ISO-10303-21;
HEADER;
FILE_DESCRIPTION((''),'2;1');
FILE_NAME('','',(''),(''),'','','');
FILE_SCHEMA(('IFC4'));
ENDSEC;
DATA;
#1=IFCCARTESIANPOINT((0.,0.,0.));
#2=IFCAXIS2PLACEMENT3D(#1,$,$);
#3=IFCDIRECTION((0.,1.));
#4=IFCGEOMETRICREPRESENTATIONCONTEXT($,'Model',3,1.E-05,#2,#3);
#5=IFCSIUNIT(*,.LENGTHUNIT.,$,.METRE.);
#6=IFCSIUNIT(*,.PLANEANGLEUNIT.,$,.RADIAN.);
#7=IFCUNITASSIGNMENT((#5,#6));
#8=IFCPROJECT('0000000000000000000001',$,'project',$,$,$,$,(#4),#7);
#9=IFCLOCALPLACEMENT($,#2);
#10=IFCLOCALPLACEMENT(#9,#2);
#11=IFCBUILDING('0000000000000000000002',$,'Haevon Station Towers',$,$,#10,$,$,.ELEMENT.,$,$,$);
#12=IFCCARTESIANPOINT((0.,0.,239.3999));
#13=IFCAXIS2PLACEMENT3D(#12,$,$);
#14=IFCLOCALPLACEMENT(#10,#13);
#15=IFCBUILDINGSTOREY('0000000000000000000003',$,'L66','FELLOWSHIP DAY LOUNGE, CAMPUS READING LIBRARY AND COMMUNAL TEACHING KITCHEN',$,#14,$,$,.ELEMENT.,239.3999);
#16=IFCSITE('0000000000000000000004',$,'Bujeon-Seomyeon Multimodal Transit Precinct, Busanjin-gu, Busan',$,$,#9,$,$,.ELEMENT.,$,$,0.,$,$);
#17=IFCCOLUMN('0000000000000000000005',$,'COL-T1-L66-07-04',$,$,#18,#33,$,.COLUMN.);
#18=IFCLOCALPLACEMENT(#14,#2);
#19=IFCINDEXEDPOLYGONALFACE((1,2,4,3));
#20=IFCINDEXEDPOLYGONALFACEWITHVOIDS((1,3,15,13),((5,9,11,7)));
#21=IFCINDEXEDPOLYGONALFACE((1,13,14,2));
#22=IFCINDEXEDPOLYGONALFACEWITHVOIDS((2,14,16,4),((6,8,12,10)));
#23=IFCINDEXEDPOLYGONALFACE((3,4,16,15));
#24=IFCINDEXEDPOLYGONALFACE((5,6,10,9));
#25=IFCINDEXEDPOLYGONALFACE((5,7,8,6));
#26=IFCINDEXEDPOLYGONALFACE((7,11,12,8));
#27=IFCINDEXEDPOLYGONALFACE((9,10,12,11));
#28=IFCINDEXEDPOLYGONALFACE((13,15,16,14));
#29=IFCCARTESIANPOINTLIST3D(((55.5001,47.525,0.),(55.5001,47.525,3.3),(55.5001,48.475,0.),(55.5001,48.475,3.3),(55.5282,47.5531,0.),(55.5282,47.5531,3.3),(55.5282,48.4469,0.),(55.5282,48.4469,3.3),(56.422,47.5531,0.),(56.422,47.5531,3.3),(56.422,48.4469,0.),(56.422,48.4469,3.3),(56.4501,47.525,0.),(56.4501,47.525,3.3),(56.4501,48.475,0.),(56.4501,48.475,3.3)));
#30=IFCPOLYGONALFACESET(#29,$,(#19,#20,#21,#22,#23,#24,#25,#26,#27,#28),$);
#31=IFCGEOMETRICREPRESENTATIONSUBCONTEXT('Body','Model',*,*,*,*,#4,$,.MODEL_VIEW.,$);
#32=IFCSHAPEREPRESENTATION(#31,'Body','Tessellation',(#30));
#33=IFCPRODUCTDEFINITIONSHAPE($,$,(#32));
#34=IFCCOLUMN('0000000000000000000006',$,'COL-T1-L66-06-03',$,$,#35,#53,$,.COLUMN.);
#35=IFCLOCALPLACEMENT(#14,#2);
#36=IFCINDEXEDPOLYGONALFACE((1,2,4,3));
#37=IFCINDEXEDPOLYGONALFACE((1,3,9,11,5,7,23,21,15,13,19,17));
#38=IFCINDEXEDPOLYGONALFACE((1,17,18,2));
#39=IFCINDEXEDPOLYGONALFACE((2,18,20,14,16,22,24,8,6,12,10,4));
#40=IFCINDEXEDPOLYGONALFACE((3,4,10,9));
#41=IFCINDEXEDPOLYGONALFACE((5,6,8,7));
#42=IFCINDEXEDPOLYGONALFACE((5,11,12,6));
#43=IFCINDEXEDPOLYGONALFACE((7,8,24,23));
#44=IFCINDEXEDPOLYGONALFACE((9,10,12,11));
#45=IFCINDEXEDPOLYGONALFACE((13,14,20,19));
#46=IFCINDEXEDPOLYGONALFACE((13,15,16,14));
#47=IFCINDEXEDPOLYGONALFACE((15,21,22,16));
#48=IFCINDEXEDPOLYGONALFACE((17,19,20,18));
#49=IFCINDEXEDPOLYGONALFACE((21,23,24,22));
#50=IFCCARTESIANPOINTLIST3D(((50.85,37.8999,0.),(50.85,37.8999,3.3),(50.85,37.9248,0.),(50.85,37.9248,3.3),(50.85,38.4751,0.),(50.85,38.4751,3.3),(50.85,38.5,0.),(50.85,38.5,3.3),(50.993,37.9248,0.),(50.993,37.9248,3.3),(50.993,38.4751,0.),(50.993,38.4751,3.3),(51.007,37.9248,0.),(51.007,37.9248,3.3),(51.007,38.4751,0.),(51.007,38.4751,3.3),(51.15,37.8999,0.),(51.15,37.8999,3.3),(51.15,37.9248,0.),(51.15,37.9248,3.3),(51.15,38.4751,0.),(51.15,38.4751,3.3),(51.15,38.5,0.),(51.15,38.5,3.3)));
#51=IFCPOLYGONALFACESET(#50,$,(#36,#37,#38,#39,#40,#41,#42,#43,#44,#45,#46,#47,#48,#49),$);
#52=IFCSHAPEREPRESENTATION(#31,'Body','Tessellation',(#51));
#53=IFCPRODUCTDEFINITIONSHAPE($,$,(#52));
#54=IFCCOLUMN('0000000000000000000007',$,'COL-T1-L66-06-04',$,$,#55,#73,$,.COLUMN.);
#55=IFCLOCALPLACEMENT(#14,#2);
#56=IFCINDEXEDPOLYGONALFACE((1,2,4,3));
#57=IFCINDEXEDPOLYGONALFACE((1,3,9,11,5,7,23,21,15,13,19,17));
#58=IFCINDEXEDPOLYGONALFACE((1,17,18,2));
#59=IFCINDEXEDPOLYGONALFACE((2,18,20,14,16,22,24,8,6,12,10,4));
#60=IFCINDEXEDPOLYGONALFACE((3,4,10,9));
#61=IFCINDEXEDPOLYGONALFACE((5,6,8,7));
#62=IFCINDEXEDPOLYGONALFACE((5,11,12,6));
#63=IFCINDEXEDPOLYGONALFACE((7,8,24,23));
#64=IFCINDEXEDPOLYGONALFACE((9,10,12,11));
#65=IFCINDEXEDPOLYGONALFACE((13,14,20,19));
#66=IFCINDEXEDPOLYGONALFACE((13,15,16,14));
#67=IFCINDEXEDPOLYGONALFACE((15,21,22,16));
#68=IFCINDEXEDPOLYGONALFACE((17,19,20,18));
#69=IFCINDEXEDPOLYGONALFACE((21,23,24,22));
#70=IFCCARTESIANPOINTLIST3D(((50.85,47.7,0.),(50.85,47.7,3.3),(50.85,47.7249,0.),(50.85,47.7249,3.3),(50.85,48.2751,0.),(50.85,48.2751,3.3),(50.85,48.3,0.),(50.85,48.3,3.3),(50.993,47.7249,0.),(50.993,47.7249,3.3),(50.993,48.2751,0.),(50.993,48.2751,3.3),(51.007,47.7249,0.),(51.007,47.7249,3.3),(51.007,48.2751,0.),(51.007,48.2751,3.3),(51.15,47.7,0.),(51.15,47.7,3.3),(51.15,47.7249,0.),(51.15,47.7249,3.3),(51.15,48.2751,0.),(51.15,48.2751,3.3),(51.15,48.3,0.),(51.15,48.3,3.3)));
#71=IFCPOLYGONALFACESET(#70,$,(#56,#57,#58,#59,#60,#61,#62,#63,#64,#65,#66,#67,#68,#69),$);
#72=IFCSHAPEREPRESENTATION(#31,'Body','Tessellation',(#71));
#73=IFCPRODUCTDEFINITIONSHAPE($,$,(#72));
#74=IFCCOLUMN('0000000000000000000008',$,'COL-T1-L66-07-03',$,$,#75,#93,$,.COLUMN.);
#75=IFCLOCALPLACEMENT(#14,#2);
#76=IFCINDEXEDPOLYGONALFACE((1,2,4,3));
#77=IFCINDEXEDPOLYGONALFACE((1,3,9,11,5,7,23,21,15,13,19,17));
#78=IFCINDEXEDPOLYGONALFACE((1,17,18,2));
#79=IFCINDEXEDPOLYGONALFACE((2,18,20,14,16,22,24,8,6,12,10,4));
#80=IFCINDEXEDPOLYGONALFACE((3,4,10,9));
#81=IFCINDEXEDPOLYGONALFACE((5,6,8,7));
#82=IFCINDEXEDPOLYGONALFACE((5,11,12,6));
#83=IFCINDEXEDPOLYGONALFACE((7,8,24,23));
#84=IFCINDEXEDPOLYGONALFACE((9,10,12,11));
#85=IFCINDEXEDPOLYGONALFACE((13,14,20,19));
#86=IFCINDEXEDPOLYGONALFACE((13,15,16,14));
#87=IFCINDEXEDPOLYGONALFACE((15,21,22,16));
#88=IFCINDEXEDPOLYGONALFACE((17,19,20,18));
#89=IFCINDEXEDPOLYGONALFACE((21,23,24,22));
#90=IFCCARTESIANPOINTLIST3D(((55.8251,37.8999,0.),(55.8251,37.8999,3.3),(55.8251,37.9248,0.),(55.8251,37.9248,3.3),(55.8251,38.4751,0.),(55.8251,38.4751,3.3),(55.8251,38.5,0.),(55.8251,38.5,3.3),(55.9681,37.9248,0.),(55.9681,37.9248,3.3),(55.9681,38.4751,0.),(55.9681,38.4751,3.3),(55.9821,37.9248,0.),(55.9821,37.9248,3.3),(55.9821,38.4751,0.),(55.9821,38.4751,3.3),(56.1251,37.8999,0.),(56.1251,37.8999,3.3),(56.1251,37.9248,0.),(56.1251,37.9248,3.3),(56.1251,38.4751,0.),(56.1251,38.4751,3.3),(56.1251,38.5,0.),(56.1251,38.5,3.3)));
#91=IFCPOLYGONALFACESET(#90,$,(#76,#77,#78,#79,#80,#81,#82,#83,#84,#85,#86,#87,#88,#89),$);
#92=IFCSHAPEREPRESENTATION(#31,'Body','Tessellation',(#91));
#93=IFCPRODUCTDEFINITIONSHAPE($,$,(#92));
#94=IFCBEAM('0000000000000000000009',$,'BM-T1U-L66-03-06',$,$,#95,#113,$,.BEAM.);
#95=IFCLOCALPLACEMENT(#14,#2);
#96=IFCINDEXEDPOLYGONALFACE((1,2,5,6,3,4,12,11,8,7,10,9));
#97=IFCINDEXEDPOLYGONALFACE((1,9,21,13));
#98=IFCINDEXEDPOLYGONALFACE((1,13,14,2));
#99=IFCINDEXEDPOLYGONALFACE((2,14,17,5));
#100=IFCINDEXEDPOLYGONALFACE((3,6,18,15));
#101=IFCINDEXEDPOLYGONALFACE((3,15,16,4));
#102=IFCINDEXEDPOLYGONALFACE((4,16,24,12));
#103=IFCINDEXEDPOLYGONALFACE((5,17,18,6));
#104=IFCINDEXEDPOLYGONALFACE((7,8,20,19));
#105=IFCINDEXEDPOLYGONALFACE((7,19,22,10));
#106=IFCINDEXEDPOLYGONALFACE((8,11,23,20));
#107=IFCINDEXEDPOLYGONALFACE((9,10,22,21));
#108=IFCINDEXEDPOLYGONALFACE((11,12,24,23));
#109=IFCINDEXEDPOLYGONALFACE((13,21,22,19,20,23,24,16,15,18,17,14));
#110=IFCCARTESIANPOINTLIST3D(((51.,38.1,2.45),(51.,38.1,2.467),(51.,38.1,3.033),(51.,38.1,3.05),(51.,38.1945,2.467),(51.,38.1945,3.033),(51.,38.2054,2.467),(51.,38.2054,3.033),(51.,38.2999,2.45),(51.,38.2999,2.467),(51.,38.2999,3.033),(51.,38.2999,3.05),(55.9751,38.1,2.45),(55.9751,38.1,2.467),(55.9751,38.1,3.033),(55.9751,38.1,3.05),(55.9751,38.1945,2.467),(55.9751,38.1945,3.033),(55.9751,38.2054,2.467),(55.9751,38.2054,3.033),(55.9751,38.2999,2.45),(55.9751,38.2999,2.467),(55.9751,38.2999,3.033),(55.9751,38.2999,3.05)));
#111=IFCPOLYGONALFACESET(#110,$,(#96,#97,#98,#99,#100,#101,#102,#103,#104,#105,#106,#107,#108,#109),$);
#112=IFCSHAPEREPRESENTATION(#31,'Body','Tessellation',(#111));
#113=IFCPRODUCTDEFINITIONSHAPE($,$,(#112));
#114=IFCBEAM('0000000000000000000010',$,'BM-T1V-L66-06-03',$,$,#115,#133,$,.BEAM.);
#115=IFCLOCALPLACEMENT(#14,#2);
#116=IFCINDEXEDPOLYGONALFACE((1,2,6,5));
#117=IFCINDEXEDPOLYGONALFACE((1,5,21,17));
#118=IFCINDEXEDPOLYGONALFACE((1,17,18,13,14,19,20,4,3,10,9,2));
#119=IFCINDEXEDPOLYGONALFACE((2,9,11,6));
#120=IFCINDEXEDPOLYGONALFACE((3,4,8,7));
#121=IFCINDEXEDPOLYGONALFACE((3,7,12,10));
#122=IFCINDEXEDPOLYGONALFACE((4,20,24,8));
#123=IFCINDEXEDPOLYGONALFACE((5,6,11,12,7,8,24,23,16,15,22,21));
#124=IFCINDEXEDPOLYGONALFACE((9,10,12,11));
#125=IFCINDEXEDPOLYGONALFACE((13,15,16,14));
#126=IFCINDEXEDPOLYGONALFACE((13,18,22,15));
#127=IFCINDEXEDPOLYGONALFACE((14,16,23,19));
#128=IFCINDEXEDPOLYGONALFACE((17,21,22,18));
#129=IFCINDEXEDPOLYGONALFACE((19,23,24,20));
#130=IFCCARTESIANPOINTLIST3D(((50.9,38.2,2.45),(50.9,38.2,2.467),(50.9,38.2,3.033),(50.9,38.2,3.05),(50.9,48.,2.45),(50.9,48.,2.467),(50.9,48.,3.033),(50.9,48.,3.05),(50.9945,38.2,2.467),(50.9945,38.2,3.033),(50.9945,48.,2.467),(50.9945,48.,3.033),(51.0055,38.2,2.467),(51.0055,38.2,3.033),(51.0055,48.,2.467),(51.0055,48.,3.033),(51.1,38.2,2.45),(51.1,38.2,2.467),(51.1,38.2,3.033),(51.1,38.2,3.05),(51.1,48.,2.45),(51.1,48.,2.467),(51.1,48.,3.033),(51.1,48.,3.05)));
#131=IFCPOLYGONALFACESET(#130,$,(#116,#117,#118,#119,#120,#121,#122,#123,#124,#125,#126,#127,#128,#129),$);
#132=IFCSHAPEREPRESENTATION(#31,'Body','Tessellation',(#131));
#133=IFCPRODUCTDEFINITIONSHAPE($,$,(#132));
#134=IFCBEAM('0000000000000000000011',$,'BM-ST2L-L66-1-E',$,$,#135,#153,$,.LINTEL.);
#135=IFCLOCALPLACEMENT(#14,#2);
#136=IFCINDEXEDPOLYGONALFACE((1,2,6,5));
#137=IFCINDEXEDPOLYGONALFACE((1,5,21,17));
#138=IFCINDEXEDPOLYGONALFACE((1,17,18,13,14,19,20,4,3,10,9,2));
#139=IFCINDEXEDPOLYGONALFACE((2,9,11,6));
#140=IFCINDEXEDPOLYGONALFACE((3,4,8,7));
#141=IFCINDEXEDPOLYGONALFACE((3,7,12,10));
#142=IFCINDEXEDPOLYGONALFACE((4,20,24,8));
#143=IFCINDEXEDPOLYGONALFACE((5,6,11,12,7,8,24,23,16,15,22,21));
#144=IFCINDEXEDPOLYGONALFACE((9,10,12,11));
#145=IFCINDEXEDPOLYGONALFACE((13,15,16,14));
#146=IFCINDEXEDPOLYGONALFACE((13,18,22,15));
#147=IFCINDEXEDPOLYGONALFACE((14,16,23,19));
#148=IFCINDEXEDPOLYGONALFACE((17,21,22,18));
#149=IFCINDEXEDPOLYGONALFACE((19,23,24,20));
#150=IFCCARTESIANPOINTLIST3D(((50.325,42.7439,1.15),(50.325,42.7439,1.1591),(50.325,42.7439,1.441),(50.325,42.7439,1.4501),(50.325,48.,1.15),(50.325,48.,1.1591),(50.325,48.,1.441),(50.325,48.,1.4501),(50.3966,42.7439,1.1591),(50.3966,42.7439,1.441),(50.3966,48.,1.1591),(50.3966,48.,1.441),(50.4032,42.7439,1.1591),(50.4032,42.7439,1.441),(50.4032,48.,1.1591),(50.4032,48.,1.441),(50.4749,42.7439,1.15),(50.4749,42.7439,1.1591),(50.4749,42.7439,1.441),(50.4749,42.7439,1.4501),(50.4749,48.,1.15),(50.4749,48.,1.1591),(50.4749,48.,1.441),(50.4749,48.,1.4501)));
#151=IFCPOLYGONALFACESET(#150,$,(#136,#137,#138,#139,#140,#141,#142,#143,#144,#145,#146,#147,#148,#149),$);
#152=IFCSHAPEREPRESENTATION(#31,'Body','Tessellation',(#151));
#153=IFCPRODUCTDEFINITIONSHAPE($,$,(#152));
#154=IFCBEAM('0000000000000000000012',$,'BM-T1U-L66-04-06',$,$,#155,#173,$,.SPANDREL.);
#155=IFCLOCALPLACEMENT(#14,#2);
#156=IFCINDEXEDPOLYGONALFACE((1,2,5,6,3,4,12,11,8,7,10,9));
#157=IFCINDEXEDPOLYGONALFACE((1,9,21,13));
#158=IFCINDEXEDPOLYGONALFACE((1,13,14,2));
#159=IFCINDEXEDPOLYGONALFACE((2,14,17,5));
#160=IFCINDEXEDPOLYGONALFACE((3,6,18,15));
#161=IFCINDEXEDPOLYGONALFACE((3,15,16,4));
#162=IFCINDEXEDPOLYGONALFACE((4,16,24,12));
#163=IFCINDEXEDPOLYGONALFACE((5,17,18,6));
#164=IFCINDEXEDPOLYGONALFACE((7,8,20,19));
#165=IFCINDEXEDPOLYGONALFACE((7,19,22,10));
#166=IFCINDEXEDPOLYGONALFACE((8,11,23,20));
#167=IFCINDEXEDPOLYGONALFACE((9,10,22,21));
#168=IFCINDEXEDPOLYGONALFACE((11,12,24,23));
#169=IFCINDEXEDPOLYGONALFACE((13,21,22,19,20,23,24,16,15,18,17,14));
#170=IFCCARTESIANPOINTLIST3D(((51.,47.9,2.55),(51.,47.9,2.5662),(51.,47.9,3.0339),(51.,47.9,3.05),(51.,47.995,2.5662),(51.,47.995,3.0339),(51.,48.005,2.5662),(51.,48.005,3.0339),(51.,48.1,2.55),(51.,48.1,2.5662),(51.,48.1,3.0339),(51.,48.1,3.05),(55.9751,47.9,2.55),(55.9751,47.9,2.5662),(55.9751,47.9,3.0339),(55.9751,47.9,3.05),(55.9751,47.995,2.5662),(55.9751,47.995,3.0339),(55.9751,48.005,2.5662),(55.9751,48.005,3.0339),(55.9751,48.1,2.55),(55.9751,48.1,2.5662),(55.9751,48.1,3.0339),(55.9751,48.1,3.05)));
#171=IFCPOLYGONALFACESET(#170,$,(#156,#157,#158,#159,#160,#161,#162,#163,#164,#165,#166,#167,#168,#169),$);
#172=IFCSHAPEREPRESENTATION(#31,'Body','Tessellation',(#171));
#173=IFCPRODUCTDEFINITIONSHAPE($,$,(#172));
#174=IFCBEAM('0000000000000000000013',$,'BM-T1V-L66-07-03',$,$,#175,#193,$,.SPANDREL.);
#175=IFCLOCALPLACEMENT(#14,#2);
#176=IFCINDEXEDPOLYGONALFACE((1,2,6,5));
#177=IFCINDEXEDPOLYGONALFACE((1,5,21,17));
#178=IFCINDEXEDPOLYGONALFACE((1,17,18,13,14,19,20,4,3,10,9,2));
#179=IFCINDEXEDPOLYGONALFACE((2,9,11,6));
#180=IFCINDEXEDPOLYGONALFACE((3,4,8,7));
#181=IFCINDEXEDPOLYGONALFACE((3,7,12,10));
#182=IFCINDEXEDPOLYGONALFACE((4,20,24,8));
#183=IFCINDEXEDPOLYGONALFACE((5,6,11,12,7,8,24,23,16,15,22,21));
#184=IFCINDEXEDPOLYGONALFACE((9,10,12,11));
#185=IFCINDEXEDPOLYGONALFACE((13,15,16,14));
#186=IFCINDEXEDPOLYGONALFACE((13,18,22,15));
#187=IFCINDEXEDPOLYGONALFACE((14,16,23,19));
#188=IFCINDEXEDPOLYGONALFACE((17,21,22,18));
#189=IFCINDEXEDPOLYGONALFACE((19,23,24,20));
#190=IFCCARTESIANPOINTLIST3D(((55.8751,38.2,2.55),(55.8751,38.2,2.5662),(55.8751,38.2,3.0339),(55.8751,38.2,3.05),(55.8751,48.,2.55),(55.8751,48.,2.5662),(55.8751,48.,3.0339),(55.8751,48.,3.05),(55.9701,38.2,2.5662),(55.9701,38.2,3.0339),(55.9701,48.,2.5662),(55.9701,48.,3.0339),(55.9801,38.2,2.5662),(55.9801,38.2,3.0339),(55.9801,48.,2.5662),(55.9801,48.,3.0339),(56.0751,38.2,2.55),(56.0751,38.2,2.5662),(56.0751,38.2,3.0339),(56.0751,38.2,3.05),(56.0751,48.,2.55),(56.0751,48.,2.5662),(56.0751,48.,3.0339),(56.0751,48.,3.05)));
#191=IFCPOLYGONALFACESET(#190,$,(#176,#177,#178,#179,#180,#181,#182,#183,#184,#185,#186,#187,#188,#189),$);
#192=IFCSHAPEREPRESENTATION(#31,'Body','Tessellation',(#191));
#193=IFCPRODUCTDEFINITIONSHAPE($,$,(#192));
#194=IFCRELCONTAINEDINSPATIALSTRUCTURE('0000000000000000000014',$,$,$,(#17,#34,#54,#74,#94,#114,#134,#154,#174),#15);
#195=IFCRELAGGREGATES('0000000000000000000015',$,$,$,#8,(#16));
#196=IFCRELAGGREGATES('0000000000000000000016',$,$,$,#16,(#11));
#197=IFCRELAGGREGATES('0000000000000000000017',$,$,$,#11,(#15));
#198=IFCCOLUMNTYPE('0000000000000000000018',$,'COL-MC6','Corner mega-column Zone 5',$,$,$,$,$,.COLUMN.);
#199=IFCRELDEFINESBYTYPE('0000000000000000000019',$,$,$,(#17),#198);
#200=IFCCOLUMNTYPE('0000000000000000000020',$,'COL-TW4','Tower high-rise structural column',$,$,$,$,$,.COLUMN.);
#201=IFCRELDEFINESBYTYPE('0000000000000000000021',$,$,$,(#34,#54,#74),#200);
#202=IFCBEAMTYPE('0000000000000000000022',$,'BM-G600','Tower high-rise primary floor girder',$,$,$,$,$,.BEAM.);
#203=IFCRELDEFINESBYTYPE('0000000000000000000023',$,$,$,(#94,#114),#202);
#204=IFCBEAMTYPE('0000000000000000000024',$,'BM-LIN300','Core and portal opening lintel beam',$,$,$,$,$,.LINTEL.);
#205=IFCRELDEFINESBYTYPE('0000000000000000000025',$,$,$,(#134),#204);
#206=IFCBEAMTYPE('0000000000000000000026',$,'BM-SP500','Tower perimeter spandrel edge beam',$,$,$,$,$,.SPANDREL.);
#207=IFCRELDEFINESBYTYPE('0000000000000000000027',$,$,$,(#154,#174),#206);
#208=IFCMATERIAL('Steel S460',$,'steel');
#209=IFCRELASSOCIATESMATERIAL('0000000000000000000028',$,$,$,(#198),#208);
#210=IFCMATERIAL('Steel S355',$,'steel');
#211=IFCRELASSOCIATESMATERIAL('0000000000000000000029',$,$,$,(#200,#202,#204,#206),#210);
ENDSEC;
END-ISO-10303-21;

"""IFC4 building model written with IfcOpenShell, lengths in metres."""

from ifc_helpers import new_model, si_unit, direction, frame, origin, origin_2d, place, context, subcontext, project, spatial, hollow_rectangle, i_section, extrude, material, material_profile, profile_set, type_object, element, save


model = new_model("IFC4")

# Units and contexts
model_context = context("Model", 3, precision=1e-05, world=origin(), true_north=direction((0.0, 1.0)))
body_context = subcontext(model_context, "Body", "Model", "MODEL_VIEW")
ifc_project = project(units=[si_unit("LENGTHUNIT", "METRE"), si_unit("PLANEANGLEUNIT", "RADIAN")], contexts=[model_context])

# Site, building, storey
site_placement = place(None, origin())
site = spatial("IfcSite", under=ifc_project, at=site_placement, Name="Bujeon-Seomyeon Multimodal Transit Precinct, Busanjin-gu, Busan", CompositionType="ELEMENT", RefElevation=0.0)
building_placement = place(site_placement, origin())
building = spatial("IfcBuilding", under=site, at=building_placement, Name="Haevon Station Towers", CompositionType="ELEMENT")
storey_placement = place(building_placement, frame((0.0, 0.0, 239.3999)))
storey = spatial("IfcBuildingStorey", under=building, at=storey_placement, Name="L66", Description="FELLOWSHIP DAY LOUNGE, CAMPUS READING LIBRARY AND COMMUNAL TEACHING KITCHEN", CompositionType="ELEMENT", Elevation=239.3999)

# Columns
ifc_material_1 = material(Name="Steel S460", Category="steel")
ifc_material_profile_1 = material_profile(ifc_material_1, hollow_rectangle(XDim=0.95, YDim=0.95, WallThickness=0.0281, at=origin_2d()), Name="BOX-950x950x28")
ifc_profile_set_1 = profile_set([ifc_material_profile_1], Name="Steel S460")
column_type_1 = type_object("IfcColumnType", Name="COL-MC6", Description="Corner mega-column Zone 5", PredefinedType="COLUMN", material=ifc_profile_set_1)
column_placement = place(storey_placement, frame((55.9751, 48.0, 0.0), z_axis=(0.0, 0.0, 1.0), x_axis=(1.0, 0.0, 0.0)))
element("IfcColumn", 1, at=column_placement, inside=storey, type_object=column_type_1, Name="COL-T1-L66-07-04", PredefinedType="COLUMN", context=body_context, shape_type="SweptSolid", body=[
    extrude(hollow_rectangle(XDim=0.95, YDim=0.95, WallThickness=0.0281, at=origin_2d()), origin(), (0.0, 0.0, 1.0), 3.3),
])
ifc_material_2 = material(Name="Steel S355", Category="steel")
ifc_material_profile_2 = material_profile(ifc_material_2, i_section(OverallWidth=0.3, OverallDepth=0.6001, WebThickness=0.0139, FlangeThickness=0.0249, at=origin_2d()), Name="H-600x300x14x25")
ifc_profile_set_2 = profile_set([ifc_material_profile_2], Name="Steel S355")
column_type_2 = type_object("IfcColumnType", Name="COL-TW4", Description="Tower high-rise structural column", PredefinedType="COLUMN", material=ifc_profile_set_2)
for number, where, z_axis, x_axis, name in (
    (2, (51.0, 38.2, 0.0), (0.0, 0.0, 1.0), (1.0, 0.0, 0.0), "COL-T1-L66-06-03"),
    (3, (51.0, 48.0, 0.0), (0.0, 0.0, 1.0), (1.0, 0.0, 0.0), "COL-T1-L66-06-04"),
    (4, (55.9751, 38.2, 0.0), (0.0, 0.0, 1.0), (1.0, 0.0, 0.0), "COL-T1-L66-07-03"),
):
    element("IfcColumn", number, at=place(storey_placement, frame(where, z_axis=z_axis, x_axis=x_axis)), inside=storey, type_object=column_type_2, Name=name, PredefinedType="COLUMN", context=body_context, shape_type="SweptSolid", body=[
        extrude(i_section(OverallWidth=0.3, OverallDepth=0.6001, WebThickness=0.0139, FlangeThickness=0.0249, at=origin_2d()), origin(), (0.0, 0.0, 1.0), 3.3),
    ])

# Beams
ifc_material_profile_3 = material_profile(ifc_material_2, i_section(OverallWidth=0.2, OverallDepth=0.6001, WebThickness=0.011, FlangeThickness=0.0171, at=origin_2d()), Name="H-600x200x11x17")
ifc_profile_set_3 = profile_set([ifc_material_profile_3], Name="Steel S355")
beam_type_1 = type_object("IfcBeamType", Name="BM-G600", Description="Tower high-rise primary floor girder", PredefinedType="BEAM", material=ifc_profile_set_3)
beam_1_placement = place(storey_placement, frame((51.0, 38.2, 2.75), z_axis=(1.0, 0.0, 0.0), x_axis=(0.0, 1.0, 0.0)))
element("IfcBeam", 5, at=beam_1_placement, inside=storey, type_object=beam_type_1, Name="BM-T1U-L66-03-06", PredefinedType="BEAM", context=body_context, shape_type="SweptSolid", body=[
    extrude(i_section(OverallWidth=0.2, OverallDepth=0.6001, WebThickness=0.011, FlangeThickness=0.0171, at=origin_2d()), origin(), (0.0, 0.0, 1.0), 4.9751),
])
beam_2_placement = place(storey_placement, frame((51.0, 38.2, 2.75), z_axis=(0.0, 1.0, 0.0), x_axis=(-1.0, 0.0, 0.0)))
element("IfcBeam", 6, at=beam_2_placement, inside=storey, type_object=beam_type_1, Name="BM-T1V-L66-06-03", PredefinedType="BEAM", context=body_context, shape_type="SweptSolid", body=[
    extrude(i_section(OverallWidth=0.2, OverallDepth=0.6001, WebThickness=0.011, FlangeThickness=0.0171, at=origin_2d()), origin(), (0.0, 0.0, 1.0), 9.8),
])
ifc_material_profile_4 = material_profile(ifc_material_2, i_section(OverallWidth=0.1499, OverallDepth=0.3, WebThickness=0.0066, FlangeThickness=0.009, at=origin_2d()), Name="H-300x150x6.5x9")
ifc_profile_set_4 = profile_set([ifc_material_profile_4], Name="Steel S355")
beam_type_2 = type_object("IfcBeamType", Name="BM-LIN300", Description="Core and portal opening lintel beam", PredefinedType="LINTEL", material=ifc_profile_set_4)
beam_3_placement = place(storey_placement, frame((50.3999, 42.7439, 1.3), z_axis=(0.0, 1.0, 0.0), x_axis=(-1.0, 0.0, 0.0)))
element("IfcBeam", 7, at=beam_3_placement, inside=storey, type_object=beam_type_2, Name="BM-ST2L-L66-1-E", PredefinedType="LINTEL", context=body_context, shape_type="SweptSolid", body=[
    extrude(i_section(OverallWidth=0.1499, OverallDepth=0.3, WebThickness=0.0066, FlangeThickness=0.009, at=origin_2d()), origin(), (0.0, 0.0, 1.0), 5.2561),
])
ifc_material_profile_5 = material_profile(ifc_material_2, i_section(OverallWidth=0.2, OverallDepth=0.5, WebThickness=0.01, FlangeThickness=0.0161, at=origin_2d()), Name="H-500x200x10x16")
ifc_profile_set_5 = profile_set([ifc_material_profile_5], Name="Steel S355")
beam_type_3 = type_object("IfcBeamType", Name="BM-SP500", Description="Tower perimeter spandrel edge beam", PredefinedType="SPANDREL", material=ifc_profile_set_5)
beam_4_placement = place(storey_placement, frame((51.0, 48.0, 2.8), z_axis=(1.0, 0.0, 0.0), x_axis=(0.0, 1.0, 0.0)))
element("IfcBeam", 8, at=beam_4_placement, inside=storey, type_object=beam_type_3, Name="BM-T1U-L66-04-06", PredefinedType="SPANDREL", context=body_context, shape_type="SweptSolid", body=[
    extrude(i_section(OverallWidth=0.2, OverallDepth=0.5, WebThickness=0.01, FlangeThickness=0.0161, at=origin_2d()), origin(), (0.0, 0.0, 1.0), 4.9751),
])
beam_5_placement = place(storey_placement, frame((55.9751, 38.2, 2.8), z_axis=(0.0, 1.0, 0.0), x_axis=(-1.0, 0.0, 0.0)))
element("IfcBeam", 9, at=beam_5_placement, inside=storey, type_object=beam_type_3, Name="BM-T1V-L66-07-03", PredefinedType="SPANDREL", context=body_context, shape_type="SweptSolid", body=[
    extrude(i_section(OverallWidth=0.2, OverallDepth=0.5, WebThickness=0.01, FlangeThickness=0.0161, at=origin_2d()), origin(), (0.0, 0.0, 1.0), 9.8),
])

save(model, "model.ifc")
